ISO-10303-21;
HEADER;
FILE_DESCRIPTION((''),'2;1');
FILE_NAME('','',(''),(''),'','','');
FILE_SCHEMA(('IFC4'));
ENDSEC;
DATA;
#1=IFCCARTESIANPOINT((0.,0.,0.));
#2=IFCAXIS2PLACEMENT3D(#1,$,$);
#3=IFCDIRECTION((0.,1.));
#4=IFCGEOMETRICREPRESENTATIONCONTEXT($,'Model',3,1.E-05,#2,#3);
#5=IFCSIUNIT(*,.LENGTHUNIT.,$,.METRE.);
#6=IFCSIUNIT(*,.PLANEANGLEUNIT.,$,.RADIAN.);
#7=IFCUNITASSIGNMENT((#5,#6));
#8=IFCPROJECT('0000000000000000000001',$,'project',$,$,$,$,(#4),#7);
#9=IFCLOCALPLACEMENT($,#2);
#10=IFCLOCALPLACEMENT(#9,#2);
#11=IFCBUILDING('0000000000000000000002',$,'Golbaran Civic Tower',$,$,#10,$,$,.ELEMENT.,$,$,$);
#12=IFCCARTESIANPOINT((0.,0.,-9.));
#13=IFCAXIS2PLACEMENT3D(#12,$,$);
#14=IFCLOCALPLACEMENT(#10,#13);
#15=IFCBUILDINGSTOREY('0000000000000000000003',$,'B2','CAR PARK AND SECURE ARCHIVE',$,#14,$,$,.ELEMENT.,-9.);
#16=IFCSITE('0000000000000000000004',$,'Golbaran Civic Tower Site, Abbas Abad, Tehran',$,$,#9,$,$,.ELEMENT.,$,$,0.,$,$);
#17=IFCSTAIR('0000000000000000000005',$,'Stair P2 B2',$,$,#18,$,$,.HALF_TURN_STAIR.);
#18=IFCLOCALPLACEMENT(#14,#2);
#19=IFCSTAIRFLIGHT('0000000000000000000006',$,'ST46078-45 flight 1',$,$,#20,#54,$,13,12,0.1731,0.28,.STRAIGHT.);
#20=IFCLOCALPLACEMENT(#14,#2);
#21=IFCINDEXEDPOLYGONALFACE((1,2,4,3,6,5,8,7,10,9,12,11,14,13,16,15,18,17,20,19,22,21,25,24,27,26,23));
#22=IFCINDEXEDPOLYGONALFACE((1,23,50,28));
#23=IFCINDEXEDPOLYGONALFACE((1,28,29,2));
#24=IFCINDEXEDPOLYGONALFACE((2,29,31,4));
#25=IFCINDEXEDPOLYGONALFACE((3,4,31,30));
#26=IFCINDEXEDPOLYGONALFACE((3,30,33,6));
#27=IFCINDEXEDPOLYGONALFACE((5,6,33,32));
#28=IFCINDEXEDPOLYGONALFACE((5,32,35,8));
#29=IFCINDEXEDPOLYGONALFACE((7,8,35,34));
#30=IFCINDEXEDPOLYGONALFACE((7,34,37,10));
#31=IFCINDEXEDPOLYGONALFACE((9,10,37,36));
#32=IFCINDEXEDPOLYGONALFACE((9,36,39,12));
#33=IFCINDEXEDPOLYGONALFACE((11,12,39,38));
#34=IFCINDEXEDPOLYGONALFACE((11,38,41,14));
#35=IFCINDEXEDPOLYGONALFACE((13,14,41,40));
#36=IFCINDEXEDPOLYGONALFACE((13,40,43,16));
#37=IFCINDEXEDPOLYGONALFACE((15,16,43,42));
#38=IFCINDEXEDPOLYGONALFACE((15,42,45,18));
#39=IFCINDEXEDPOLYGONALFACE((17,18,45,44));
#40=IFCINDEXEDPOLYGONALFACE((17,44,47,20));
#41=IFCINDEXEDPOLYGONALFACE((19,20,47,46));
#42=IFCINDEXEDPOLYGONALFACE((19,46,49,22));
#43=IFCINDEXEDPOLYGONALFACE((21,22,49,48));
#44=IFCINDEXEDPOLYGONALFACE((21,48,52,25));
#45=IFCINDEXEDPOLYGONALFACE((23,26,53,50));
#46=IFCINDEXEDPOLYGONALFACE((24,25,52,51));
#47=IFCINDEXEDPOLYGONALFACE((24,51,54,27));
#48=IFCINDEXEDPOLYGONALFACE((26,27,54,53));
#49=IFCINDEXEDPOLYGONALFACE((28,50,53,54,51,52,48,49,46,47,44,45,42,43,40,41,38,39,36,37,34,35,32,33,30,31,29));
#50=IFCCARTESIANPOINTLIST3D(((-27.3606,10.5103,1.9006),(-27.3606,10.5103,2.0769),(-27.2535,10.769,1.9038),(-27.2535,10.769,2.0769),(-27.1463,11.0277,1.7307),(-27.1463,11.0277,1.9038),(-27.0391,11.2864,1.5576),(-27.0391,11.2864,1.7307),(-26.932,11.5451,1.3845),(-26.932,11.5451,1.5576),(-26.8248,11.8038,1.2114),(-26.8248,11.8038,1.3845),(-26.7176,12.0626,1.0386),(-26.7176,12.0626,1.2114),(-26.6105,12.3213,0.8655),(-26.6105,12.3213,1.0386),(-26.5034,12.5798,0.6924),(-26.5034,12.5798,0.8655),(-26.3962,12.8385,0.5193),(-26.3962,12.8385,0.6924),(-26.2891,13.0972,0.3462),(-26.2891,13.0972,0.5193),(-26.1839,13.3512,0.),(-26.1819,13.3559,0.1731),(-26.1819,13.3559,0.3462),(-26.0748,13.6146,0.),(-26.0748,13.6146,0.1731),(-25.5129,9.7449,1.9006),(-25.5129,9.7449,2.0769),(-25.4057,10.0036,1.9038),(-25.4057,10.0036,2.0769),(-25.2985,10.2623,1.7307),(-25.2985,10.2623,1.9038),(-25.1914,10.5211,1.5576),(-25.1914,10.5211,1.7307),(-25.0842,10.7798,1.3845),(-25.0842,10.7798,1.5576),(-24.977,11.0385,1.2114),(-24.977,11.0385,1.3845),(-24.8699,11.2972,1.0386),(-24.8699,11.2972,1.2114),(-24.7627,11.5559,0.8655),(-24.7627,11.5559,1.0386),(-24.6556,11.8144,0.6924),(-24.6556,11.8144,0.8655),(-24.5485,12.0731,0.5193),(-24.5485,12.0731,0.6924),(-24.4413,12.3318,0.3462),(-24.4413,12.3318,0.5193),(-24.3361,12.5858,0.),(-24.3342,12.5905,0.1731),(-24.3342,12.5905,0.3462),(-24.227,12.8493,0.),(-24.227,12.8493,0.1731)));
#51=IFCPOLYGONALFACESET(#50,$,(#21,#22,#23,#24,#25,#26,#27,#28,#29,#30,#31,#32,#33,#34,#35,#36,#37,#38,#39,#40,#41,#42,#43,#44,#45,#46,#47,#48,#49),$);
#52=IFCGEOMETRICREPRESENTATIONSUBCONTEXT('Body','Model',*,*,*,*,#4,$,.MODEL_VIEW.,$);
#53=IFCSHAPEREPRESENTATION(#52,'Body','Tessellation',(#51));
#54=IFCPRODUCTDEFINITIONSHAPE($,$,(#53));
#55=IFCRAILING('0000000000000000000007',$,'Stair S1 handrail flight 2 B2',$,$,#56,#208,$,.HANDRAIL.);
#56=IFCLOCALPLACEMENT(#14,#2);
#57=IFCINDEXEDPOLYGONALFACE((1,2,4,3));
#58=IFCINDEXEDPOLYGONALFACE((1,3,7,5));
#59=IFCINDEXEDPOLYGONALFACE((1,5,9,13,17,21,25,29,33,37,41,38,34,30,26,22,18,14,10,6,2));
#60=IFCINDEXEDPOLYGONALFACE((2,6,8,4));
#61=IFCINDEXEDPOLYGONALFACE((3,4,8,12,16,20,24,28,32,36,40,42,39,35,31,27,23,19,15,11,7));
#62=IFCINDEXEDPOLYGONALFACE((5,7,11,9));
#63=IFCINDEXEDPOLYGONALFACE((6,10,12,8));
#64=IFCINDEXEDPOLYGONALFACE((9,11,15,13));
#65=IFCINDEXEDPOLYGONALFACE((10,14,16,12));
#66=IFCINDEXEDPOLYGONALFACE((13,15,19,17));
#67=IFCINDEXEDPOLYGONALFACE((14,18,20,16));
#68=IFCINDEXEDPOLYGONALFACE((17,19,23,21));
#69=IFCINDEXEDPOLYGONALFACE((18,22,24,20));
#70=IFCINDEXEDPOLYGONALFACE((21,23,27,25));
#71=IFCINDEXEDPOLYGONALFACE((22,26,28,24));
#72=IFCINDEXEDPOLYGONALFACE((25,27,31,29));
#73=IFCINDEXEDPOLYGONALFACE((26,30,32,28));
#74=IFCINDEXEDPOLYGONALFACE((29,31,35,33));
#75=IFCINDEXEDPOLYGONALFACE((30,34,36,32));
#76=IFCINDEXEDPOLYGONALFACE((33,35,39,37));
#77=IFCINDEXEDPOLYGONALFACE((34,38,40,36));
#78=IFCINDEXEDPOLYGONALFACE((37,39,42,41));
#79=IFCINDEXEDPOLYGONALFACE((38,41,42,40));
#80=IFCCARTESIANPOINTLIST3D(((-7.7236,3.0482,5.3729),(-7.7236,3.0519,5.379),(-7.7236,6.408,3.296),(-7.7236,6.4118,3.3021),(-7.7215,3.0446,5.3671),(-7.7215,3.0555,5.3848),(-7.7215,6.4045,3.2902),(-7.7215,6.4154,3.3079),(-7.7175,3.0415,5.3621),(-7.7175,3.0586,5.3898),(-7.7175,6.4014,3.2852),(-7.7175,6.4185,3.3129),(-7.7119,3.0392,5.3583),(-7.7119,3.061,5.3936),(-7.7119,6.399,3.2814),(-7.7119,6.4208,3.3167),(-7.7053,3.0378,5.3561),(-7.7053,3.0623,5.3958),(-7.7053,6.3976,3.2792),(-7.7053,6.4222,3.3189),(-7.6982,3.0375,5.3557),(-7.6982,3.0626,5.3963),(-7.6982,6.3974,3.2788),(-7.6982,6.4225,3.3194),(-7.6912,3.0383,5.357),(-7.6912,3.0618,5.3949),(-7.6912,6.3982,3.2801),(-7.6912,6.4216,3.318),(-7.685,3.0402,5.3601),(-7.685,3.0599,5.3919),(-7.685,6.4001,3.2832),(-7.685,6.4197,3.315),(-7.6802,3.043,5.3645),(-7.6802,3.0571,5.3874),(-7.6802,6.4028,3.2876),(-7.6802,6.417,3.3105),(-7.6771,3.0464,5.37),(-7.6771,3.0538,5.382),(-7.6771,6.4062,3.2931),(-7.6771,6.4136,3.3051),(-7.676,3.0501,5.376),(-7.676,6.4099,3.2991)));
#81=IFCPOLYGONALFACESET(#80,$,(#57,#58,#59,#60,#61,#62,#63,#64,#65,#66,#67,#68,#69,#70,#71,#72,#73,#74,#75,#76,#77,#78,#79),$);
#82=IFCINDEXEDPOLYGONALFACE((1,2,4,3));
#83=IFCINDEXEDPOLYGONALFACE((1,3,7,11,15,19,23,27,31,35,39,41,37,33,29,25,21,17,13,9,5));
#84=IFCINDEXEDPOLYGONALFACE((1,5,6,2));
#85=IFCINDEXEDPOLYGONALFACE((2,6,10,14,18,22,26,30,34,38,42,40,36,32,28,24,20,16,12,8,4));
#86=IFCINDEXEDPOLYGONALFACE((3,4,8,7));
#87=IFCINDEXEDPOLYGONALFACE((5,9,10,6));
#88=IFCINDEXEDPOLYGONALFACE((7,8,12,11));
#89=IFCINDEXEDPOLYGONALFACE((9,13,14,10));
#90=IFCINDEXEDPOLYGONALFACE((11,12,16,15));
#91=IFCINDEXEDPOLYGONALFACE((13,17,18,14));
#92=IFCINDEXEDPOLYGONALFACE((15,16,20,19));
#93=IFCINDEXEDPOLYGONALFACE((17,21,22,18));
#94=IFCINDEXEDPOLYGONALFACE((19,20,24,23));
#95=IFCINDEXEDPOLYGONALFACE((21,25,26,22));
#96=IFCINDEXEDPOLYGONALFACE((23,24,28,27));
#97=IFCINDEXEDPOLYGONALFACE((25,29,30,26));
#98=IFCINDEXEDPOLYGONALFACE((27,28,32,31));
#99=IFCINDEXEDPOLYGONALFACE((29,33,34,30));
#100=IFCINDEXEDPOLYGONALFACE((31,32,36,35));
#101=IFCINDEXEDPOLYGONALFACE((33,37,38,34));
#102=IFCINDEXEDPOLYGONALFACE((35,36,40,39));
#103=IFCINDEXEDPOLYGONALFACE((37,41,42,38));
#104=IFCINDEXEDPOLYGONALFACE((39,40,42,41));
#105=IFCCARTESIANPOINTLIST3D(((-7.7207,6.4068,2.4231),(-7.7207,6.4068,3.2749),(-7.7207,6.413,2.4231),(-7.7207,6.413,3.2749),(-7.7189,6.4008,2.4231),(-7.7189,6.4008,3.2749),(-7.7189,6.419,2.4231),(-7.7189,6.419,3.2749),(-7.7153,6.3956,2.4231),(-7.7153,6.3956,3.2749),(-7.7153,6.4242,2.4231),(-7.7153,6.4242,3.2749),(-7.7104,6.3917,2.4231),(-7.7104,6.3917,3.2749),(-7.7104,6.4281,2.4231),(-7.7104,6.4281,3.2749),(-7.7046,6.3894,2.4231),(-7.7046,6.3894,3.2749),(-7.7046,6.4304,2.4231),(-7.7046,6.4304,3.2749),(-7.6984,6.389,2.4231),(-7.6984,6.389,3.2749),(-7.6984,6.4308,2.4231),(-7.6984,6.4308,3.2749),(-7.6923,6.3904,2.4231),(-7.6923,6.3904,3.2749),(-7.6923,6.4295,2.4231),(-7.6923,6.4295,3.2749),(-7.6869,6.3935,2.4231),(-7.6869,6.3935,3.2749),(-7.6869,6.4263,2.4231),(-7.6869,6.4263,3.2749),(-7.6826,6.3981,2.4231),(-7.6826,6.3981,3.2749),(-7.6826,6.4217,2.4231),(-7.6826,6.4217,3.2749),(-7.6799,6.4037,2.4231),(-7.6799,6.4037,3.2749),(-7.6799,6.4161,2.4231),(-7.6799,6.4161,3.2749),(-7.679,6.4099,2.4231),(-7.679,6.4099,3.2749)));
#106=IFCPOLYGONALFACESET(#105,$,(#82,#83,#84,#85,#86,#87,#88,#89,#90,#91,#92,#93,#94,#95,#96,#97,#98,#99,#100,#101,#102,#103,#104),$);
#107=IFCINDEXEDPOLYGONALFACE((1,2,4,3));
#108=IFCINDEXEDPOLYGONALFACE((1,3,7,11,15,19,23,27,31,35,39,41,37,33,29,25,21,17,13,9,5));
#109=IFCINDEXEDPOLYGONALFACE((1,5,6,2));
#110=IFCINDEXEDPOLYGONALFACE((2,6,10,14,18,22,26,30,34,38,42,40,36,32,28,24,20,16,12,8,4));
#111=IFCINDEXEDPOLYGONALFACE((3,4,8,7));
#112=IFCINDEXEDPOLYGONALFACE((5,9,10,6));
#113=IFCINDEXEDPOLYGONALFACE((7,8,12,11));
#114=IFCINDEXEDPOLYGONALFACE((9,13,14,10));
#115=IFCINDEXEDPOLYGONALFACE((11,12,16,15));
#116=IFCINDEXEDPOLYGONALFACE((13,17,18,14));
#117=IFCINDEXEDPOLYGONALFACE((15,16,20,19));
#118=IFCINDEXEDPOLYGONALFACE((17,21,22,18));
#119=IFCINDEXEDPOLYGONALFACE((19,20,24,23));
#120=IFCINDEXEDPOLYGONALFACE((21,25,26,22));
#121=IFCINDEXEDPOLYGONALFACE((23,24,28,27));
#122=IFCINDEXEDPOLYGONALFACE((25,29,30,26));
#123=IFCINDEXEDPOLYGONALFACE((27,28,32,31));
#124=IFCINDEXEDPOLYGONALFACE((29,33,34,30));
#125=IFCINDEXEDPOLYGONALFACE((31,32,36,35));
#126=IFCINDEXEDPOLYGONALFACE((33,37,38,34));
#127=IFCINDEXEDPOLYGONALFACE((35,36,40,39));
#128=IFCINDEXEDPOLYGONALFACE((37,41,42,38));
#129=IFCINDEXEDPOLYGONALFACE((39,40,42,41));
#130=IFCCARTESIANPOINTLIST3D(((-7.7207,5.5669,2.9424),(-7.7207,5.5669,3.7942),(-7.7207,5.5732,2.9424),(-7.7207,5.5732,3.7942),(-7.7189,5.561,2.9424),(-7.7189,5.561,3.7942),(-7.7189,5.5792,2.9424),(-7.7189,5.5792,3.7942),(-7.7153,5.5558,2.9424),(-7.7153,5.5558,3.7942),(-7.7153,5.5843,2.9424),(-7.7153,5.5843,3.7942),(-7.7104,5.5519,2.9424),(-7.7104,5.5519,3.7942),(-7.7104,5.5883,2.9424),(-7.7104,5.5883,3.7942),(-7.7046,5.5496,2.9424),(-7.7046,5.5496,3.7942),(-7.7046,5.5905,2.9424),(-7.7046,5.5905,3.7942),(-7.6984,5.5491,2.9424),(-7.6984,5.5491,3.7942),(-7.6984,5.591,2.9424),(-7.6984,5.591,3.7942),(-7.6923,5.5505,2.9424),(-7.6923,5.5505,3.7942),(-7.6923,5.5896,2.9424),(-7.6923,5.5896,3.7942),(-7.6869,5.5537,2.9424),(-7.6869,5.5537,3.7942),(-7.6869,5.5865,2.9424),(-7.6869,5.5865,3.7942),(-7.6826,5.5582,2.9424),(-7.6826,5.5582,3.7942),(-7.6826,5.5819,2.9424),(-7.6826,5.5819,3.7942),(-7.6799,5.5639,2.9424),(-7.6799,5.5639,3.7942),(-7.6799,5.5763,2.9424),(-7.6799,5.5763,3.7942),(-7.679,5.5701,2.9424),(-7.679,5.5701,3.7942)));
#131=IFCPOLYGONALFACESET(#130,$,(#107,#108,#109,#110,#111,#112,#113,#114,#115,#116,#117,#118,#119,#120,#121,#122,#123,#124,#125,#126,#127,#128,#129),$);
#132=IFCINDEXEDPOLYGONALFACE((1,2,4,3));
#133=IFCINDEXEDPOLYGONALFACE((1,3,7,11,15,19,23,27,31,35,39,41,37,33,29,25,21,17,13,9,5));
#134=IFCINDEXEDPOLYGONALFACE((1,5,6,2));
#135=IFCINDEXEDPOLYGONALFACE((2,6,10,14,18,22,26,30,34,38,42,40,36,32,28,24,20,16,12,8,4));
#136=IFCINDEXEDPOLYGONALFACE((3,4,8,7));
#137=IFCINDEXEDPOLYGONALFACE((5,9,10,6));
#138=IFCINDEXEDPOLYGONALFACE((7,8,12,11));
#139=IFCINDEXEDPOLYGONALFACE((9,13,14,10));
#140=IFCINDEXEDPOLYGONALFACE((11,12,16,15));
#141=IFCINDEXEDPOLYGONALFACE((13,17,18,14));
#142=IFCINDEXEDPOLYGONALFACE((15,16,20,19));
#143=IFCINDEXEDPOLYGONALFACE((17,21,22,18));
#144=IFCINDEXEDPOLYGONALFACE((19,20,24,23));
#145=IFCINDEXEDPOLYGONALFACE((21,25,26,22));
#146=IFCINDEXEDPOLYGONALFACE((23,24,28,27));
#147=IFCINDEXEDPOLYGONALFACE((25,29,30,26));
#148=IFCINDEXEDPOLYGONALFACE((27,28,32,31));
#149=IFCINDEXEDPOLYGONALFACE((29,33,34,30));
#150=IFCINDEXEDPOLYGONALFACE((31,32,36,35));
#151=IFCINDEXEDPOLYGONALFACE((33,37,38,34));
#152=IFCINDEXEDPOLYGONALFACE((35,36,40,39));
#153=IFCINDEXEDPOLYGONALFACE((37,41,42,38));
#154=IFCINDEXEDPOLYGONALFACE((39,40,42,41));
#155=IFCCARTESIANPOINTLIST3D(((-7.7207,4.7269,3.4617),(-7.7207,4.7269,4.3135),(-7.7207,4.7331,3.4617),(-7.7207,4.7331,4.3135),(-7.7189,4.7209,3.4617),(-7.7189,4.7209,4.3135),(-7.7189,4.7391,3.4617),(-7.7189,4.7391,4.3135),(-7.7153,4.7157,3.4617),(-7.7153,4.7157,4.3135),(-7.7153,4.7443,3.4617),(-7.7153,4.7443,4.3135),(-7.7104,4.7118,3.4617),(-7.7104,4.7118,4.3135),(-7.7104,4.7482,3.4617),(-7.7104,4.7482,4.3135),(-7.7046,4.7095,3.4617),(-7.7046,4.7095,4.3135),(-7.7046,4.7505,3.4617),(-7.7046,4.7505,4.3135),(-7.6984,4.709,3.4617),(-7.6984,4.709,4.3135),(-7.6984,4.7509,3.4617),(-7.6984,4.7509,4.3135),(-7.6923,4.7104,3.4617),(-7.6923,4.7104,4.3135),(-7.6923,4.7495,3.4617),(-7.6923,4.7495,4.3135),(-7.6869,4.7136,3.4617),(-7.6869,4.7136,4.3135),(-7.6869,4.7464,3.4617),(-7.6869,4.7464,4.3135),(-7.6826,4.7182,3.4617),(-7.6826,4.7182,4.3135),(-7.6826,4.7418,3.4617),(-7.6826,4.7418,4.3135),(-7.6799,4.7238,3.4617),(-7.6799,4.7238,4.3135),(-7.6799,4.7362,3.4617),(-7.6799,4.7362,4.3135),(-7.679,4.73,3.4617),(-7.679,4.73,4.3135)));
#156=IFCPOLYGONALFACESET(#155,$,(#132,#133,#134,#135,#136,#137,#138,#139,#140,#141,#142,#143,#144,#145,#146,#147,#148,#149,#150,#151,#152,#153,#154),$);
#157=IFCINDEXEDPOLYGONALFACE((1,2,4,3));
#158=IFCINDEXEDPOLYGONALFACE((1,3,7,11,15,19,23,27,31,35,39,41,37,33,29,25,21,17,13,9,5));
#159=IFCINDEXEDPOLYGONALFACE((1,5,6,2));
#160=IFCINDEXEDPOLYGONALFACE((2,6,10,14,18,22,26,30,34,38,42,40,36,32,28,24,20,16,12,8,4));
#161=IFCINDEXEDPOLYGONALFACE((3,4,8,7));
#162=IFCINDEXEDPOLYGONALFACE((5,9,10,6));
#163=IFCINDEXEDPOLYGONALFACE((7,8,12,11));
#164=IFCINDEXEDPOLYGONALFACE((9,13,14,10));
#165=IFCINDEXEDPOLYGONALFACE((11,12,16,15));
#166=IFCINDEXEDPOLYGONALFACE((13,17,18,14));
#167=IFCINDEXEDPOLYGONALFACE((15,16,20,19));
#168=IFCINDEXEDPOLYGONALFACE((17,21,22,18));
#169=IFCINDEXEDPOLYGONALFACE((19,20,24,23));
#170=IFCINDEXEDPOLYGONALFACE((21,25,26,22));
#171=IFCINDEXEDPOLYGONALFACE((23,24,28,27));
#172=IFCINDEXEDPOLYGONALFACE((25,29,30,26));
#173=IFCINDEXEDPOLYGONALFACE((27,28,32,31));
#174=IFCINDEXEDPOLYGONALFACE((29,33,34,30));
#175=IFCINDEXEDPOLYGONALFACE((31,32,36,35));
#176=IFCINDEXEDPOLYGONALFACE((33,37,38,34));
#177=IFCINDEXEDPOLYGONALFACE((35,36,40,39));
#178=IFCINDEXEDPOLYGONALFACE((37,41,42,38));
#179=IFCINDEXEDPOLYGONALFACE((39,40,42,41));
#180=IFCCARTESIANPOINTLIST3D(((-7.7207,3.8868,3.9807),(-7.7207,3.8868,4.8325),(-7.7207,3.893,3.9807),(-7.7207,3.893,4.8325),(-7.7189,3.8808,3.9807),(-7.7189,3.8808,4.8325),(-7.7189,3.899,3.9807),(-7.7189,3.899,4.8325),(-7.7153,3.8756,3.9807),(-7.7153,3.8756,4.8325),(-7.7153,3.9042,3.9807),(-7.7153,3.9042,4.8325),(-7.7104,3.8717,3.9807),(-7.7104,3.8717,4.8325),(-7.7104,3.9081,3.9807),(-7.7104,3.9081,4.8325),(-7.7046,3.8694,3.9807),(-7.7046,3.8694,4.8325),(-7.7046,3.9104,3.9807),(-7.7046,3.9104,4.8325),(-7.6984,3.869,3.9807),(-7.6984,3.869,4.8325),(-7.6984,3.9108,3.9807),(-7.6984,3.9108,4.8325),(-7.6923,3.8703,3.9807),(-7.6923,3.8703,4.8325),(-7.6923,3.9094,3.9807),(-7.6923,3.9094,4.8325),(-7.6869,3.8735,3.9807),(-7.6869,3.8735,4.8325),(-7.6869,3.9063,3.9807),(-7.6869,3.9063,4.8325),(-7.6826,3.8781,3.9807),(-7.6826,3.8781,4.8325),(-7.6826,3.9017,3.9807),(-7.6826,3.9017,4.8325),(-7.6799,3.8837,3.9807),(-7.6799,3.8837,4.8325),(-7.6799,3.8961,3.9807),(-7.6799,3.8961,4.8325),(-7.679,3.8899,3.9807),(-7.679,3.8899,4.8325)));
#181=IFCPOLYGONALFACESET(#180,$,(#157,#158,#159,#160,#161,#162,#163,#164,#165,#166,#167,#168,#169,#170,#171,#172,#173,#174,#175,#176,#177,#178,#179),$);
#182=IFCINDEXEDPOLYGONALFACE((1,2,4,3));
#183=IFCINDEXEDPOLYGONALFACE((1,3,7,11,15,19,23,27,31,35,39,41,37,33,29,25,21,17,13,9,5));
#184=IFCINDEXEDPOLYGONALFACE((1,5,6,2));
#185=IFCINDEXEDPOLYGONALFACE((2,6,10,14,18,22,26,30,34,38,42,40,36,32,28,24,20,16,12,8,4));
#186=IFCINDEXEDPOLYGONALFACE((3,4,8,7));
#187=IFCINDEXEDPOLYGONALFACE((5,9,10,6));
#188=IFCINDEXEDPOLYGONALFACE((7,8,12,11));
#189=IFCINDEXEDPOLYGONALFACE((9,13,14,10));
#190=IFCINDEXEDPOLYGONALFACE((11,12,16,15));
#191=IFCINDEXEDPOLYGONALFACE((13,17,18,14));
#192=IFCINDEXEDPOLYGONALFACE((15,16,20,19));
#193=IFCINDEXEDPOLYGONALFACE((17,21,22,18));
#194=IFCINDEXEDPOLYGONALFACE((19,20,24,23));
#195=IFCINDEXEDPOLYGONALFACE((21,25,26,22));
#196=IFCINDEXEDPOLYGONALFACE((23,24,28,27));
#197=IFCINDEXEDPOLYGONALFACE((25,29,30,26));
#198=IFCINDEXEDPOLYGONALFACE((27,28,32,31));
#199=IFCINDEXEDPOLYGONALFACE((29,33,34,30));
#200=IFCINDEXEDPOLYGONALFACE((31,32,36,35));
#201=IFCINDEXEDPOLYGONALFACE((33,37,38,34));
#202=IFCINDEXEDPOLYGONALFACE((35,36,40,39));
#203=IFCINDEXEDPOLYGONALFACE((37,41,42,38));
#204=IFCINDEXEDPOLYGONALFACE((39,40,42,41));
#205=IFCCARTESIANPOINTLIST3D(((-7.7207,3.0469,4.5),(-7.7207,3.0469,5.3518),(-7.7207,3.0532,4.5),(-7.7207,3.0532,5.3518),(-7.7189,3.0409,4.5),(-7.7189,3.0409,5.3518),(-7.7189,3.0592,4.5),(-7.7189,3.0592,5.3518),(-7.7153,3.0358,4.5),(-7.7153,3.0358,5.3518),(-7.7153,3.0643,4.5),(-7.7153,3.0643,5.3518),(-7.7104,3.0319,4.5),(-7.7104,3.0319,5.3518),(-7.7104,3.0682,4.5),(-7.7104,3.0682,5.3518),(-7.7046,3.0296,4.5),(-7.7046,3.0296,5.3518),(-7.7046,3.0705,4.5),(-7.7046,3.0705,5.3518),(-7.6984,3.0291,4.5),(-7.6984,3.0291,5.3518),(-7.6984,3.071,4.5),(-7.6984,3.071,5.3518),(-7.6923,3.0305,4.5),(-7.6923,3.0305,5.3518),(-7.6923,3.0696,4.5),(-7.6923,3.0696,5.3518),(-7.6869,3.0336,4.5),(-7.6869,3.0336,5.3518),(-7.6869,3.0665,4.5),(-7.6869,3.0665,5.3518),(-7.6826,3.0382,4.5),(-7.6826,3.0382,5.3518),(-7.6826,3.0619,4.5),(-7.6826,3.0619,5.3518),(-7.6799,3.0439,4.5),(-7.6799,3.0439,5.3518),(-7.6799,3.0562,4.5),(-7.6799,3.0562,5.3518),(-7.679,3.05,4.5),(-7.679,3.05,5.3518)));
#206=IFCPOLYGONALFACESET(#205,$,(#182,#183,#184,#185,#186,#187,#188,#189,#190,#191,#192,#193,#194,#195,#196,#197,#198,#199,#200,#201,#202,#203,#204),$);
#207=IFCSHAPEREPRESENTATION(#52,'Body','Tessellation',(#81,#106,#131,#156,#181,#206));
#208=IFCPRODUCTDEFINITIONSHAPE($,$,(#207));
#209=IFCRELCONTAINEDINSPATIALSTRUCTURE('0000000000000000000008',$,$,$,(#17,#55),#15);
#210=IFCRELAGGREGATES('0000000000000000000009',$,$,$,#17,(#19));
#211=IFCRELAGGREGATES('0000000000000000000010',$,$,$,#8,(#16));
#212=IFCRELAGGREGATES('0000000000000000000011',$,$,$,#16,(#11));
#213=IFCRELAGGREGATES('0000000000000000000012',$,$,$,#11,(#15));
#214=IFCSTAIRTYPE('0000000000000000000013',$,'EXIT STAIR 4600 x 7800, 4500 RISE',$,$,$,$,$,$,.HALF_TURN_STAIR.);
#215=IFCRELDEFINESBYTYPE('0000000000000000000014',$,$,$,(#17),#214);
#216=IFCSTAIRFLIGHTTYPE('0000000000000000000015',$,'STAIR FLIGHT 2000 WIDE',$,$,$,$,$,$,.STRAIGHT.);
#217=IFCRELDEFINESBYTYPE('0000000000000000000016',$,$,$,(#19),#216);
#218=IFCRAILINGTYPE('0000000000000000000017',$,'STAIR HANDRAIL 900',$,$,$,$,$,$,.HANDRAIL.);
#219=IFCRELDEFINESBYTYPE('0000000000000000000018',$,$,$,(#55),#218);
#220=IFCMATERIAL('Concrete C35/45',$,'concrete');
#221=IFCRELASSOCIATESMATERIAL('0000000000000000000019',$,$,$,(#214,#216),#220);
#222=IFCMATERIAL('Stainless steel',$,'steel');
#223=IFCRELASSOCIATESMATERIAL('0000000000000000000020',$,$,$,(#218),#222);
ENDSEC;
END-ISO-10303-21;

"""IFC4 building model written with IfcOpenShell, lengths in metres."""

from ifc_helpers import new_model, si_unit, direction, frame, origin, origin_2d, place, context, subcontext, project, spatial, polyline, circle, outline, extrude, material, type_object, element, aggregate, save


model = new_model("IFC4")

# Units and contexts
model_context = context("Model", 3, precision=1e-05, world=origin(), true_north=direction((0.0, 1.0)))
body_context = subcontext(model_context, "Body", "Model", "MODEL_VIEW")
ifc_project = project(units=[si_unit("LENGTHUNIT", "METRE"), si_unit("PLANEANGLEUNIT", "RADIAN")], contexts=[model_context])

# Site, building, storey
site_placement = place(None, origin())
site = spatial("IfcSite", under=ifc_project, at=site_placement, Name="Golbaran Civic Tower Site, Abbas Abad, Tehran", CompositionType="ELEMENT", RefElevation=0.0)
building_placement = place(site_placement, origin())
building = spatial("IfcBuilding", under=site, at=building_placement, Name="Golbaran Civic Tower", CompositionType="ELEMENT")
storey_placement = place(building_placement, frame((0.0, 0.0, -9.0)))
storey = spatial("IfcBuildingStorey", under=building, at=storey_placement, Name="B2", Description="CAR PARK AND SECURE ARCHIVE", CompositionType="ELEMENT", Elevation=-9.0)

# Stair, stair flight
ifc_material_1 = material(Name="Concrete C35/45", Category="concrete")
stair_type_1 = type_object("IfcStairType", Name="EXIT STAIR 4600 x 7800, 4500 RISE", PredefinedType="HALF_TURN_STAIR", material=ifc_material_1)
stair_1_placement = place(storey_placement, origin())
stair_1 = element("IfcStair", 1, at=stair_1_placement, inside=storey, type_object=stair_type_1, Name="Stair P2 B2", PredefinedType="HALF_TURN_STAIR")
stair_flight_type_1 = type_object("IfcStairFlightType", Name="STAIR FLIGHT 2000 WIDE", PredefinedType="STRAIGHT", material=ifc_material_1)
stair_flight_1_placement = place(storey_placement, frame((-25.1509, 13.2319, 0.0), z_axis=(0.0, 0.0, 1.0), x_axis=(-0.382683, -0.92388, 0.0)))
stair_flight_1 = element("IfcStairFlight", 2, at=stair_flight_1_placement, type_object=stair_flight_type_1, Name="ST46078-45 flight 1", NumberOfRisers=13, NumberOfTreads=12, PredefinedType="STRAIGHT", RiserHeight=0.1731, TreadLength=0.28, context=body_context, shape_type="SweptSolid", body=[
    extrude(outline(polyline([(0.0, 0.0), (0.0, 0.1731), (0.28, 0.1731), (0.28, 0.3462), (0.5601, 0.3462), (0.5601, 0.5193), (0.8401, 0.5193), (0.8401, 0.6924), (1.1201, 0.6924), (1.1201, 0.8655), (1.3999, 0.8655), (1.3999, 1.0386), (1.6799, 1.0386), (1.6799, 1.2114), (1.96, 1.2114), (1.96, 1.3845), (2.24, 1.3845), (2.24, 1.5576), (2.52, 1.5576), (2.52, 1.7307), (2.8, 1.7307), (2.8, 1.9038), (3.0801, 1.9038), (3.0801, 2.0769), (3.3601, 2.0769), (3.3601, 2.25), (3.3601, 1.9006), (0.2852, 0.0), (0.0, 0.0)])), frame((0.0, 1.0, 0.0), z_axis=(0.0, -1.0, 0.0), x_axis=(1.0, 0.0, 0.0)), (0.0, 0.0, 1.0), 2.0),
])
aggregate(stair_1, [stair_flight_1])

# Railing
ifc_material_2 = material(Name="Stainless steel", Category="steel")
railing_type = type_object("IfcRailingType", Name="STAIR HANDRAIL 900", PredefinedType="HANDRAIL", material=ifc_material_2)
railing_placement = place(storey_placement, frame((-7.7, 6.4099, 2.4231)))
element("IfcRailing", 3, at=railing_placement, inside=storey, type_object=railing_type, Name="Stair S1 handrail flight 2 B2", PredefinedType="HANDRAIL", context=body_context, shape_type="SweptSolid", body=[
    extrude(circle(Radius=0.0239, at=origin_2d()), frame((0.0, 0.0, 0.876), z_axis=(0.0, -0.850606, 0.525803), x_axis=(1.0, 0.0, 0.0)), (0.0, 0.0, 1.0), 3.95),
    extrude(circle(Radius=0.021, at=origin_2d()), origin(), (0.0, 0.0, 1.0), 0.8518),
    extrude(circle(Radius=0.021, at=origin_2d()), frame((0.0, -0.8398, 0.5193)), (0.0, 0.0, 1.0), 0.8518),
    extrude(circle(Radius=0.021, at=origin_2d()), frame((0.0, -1.6799, 1.0386)), (0.0, 0.0, 1.0), 0.8518),
    extrude(circle(Radius=0.021, at=origin_2d()), frame((0.0, -2.52, 1.5576)), (0.0, 0.0, 1.0), 0.8518),
    extrude(circle(Radius=0.021, at=origin_2d()), frame((0.0, -3.3599, 2.0769)), (0.0, 0.0, 1.0), 0.8518),
])

save(model, "model.ifc")
